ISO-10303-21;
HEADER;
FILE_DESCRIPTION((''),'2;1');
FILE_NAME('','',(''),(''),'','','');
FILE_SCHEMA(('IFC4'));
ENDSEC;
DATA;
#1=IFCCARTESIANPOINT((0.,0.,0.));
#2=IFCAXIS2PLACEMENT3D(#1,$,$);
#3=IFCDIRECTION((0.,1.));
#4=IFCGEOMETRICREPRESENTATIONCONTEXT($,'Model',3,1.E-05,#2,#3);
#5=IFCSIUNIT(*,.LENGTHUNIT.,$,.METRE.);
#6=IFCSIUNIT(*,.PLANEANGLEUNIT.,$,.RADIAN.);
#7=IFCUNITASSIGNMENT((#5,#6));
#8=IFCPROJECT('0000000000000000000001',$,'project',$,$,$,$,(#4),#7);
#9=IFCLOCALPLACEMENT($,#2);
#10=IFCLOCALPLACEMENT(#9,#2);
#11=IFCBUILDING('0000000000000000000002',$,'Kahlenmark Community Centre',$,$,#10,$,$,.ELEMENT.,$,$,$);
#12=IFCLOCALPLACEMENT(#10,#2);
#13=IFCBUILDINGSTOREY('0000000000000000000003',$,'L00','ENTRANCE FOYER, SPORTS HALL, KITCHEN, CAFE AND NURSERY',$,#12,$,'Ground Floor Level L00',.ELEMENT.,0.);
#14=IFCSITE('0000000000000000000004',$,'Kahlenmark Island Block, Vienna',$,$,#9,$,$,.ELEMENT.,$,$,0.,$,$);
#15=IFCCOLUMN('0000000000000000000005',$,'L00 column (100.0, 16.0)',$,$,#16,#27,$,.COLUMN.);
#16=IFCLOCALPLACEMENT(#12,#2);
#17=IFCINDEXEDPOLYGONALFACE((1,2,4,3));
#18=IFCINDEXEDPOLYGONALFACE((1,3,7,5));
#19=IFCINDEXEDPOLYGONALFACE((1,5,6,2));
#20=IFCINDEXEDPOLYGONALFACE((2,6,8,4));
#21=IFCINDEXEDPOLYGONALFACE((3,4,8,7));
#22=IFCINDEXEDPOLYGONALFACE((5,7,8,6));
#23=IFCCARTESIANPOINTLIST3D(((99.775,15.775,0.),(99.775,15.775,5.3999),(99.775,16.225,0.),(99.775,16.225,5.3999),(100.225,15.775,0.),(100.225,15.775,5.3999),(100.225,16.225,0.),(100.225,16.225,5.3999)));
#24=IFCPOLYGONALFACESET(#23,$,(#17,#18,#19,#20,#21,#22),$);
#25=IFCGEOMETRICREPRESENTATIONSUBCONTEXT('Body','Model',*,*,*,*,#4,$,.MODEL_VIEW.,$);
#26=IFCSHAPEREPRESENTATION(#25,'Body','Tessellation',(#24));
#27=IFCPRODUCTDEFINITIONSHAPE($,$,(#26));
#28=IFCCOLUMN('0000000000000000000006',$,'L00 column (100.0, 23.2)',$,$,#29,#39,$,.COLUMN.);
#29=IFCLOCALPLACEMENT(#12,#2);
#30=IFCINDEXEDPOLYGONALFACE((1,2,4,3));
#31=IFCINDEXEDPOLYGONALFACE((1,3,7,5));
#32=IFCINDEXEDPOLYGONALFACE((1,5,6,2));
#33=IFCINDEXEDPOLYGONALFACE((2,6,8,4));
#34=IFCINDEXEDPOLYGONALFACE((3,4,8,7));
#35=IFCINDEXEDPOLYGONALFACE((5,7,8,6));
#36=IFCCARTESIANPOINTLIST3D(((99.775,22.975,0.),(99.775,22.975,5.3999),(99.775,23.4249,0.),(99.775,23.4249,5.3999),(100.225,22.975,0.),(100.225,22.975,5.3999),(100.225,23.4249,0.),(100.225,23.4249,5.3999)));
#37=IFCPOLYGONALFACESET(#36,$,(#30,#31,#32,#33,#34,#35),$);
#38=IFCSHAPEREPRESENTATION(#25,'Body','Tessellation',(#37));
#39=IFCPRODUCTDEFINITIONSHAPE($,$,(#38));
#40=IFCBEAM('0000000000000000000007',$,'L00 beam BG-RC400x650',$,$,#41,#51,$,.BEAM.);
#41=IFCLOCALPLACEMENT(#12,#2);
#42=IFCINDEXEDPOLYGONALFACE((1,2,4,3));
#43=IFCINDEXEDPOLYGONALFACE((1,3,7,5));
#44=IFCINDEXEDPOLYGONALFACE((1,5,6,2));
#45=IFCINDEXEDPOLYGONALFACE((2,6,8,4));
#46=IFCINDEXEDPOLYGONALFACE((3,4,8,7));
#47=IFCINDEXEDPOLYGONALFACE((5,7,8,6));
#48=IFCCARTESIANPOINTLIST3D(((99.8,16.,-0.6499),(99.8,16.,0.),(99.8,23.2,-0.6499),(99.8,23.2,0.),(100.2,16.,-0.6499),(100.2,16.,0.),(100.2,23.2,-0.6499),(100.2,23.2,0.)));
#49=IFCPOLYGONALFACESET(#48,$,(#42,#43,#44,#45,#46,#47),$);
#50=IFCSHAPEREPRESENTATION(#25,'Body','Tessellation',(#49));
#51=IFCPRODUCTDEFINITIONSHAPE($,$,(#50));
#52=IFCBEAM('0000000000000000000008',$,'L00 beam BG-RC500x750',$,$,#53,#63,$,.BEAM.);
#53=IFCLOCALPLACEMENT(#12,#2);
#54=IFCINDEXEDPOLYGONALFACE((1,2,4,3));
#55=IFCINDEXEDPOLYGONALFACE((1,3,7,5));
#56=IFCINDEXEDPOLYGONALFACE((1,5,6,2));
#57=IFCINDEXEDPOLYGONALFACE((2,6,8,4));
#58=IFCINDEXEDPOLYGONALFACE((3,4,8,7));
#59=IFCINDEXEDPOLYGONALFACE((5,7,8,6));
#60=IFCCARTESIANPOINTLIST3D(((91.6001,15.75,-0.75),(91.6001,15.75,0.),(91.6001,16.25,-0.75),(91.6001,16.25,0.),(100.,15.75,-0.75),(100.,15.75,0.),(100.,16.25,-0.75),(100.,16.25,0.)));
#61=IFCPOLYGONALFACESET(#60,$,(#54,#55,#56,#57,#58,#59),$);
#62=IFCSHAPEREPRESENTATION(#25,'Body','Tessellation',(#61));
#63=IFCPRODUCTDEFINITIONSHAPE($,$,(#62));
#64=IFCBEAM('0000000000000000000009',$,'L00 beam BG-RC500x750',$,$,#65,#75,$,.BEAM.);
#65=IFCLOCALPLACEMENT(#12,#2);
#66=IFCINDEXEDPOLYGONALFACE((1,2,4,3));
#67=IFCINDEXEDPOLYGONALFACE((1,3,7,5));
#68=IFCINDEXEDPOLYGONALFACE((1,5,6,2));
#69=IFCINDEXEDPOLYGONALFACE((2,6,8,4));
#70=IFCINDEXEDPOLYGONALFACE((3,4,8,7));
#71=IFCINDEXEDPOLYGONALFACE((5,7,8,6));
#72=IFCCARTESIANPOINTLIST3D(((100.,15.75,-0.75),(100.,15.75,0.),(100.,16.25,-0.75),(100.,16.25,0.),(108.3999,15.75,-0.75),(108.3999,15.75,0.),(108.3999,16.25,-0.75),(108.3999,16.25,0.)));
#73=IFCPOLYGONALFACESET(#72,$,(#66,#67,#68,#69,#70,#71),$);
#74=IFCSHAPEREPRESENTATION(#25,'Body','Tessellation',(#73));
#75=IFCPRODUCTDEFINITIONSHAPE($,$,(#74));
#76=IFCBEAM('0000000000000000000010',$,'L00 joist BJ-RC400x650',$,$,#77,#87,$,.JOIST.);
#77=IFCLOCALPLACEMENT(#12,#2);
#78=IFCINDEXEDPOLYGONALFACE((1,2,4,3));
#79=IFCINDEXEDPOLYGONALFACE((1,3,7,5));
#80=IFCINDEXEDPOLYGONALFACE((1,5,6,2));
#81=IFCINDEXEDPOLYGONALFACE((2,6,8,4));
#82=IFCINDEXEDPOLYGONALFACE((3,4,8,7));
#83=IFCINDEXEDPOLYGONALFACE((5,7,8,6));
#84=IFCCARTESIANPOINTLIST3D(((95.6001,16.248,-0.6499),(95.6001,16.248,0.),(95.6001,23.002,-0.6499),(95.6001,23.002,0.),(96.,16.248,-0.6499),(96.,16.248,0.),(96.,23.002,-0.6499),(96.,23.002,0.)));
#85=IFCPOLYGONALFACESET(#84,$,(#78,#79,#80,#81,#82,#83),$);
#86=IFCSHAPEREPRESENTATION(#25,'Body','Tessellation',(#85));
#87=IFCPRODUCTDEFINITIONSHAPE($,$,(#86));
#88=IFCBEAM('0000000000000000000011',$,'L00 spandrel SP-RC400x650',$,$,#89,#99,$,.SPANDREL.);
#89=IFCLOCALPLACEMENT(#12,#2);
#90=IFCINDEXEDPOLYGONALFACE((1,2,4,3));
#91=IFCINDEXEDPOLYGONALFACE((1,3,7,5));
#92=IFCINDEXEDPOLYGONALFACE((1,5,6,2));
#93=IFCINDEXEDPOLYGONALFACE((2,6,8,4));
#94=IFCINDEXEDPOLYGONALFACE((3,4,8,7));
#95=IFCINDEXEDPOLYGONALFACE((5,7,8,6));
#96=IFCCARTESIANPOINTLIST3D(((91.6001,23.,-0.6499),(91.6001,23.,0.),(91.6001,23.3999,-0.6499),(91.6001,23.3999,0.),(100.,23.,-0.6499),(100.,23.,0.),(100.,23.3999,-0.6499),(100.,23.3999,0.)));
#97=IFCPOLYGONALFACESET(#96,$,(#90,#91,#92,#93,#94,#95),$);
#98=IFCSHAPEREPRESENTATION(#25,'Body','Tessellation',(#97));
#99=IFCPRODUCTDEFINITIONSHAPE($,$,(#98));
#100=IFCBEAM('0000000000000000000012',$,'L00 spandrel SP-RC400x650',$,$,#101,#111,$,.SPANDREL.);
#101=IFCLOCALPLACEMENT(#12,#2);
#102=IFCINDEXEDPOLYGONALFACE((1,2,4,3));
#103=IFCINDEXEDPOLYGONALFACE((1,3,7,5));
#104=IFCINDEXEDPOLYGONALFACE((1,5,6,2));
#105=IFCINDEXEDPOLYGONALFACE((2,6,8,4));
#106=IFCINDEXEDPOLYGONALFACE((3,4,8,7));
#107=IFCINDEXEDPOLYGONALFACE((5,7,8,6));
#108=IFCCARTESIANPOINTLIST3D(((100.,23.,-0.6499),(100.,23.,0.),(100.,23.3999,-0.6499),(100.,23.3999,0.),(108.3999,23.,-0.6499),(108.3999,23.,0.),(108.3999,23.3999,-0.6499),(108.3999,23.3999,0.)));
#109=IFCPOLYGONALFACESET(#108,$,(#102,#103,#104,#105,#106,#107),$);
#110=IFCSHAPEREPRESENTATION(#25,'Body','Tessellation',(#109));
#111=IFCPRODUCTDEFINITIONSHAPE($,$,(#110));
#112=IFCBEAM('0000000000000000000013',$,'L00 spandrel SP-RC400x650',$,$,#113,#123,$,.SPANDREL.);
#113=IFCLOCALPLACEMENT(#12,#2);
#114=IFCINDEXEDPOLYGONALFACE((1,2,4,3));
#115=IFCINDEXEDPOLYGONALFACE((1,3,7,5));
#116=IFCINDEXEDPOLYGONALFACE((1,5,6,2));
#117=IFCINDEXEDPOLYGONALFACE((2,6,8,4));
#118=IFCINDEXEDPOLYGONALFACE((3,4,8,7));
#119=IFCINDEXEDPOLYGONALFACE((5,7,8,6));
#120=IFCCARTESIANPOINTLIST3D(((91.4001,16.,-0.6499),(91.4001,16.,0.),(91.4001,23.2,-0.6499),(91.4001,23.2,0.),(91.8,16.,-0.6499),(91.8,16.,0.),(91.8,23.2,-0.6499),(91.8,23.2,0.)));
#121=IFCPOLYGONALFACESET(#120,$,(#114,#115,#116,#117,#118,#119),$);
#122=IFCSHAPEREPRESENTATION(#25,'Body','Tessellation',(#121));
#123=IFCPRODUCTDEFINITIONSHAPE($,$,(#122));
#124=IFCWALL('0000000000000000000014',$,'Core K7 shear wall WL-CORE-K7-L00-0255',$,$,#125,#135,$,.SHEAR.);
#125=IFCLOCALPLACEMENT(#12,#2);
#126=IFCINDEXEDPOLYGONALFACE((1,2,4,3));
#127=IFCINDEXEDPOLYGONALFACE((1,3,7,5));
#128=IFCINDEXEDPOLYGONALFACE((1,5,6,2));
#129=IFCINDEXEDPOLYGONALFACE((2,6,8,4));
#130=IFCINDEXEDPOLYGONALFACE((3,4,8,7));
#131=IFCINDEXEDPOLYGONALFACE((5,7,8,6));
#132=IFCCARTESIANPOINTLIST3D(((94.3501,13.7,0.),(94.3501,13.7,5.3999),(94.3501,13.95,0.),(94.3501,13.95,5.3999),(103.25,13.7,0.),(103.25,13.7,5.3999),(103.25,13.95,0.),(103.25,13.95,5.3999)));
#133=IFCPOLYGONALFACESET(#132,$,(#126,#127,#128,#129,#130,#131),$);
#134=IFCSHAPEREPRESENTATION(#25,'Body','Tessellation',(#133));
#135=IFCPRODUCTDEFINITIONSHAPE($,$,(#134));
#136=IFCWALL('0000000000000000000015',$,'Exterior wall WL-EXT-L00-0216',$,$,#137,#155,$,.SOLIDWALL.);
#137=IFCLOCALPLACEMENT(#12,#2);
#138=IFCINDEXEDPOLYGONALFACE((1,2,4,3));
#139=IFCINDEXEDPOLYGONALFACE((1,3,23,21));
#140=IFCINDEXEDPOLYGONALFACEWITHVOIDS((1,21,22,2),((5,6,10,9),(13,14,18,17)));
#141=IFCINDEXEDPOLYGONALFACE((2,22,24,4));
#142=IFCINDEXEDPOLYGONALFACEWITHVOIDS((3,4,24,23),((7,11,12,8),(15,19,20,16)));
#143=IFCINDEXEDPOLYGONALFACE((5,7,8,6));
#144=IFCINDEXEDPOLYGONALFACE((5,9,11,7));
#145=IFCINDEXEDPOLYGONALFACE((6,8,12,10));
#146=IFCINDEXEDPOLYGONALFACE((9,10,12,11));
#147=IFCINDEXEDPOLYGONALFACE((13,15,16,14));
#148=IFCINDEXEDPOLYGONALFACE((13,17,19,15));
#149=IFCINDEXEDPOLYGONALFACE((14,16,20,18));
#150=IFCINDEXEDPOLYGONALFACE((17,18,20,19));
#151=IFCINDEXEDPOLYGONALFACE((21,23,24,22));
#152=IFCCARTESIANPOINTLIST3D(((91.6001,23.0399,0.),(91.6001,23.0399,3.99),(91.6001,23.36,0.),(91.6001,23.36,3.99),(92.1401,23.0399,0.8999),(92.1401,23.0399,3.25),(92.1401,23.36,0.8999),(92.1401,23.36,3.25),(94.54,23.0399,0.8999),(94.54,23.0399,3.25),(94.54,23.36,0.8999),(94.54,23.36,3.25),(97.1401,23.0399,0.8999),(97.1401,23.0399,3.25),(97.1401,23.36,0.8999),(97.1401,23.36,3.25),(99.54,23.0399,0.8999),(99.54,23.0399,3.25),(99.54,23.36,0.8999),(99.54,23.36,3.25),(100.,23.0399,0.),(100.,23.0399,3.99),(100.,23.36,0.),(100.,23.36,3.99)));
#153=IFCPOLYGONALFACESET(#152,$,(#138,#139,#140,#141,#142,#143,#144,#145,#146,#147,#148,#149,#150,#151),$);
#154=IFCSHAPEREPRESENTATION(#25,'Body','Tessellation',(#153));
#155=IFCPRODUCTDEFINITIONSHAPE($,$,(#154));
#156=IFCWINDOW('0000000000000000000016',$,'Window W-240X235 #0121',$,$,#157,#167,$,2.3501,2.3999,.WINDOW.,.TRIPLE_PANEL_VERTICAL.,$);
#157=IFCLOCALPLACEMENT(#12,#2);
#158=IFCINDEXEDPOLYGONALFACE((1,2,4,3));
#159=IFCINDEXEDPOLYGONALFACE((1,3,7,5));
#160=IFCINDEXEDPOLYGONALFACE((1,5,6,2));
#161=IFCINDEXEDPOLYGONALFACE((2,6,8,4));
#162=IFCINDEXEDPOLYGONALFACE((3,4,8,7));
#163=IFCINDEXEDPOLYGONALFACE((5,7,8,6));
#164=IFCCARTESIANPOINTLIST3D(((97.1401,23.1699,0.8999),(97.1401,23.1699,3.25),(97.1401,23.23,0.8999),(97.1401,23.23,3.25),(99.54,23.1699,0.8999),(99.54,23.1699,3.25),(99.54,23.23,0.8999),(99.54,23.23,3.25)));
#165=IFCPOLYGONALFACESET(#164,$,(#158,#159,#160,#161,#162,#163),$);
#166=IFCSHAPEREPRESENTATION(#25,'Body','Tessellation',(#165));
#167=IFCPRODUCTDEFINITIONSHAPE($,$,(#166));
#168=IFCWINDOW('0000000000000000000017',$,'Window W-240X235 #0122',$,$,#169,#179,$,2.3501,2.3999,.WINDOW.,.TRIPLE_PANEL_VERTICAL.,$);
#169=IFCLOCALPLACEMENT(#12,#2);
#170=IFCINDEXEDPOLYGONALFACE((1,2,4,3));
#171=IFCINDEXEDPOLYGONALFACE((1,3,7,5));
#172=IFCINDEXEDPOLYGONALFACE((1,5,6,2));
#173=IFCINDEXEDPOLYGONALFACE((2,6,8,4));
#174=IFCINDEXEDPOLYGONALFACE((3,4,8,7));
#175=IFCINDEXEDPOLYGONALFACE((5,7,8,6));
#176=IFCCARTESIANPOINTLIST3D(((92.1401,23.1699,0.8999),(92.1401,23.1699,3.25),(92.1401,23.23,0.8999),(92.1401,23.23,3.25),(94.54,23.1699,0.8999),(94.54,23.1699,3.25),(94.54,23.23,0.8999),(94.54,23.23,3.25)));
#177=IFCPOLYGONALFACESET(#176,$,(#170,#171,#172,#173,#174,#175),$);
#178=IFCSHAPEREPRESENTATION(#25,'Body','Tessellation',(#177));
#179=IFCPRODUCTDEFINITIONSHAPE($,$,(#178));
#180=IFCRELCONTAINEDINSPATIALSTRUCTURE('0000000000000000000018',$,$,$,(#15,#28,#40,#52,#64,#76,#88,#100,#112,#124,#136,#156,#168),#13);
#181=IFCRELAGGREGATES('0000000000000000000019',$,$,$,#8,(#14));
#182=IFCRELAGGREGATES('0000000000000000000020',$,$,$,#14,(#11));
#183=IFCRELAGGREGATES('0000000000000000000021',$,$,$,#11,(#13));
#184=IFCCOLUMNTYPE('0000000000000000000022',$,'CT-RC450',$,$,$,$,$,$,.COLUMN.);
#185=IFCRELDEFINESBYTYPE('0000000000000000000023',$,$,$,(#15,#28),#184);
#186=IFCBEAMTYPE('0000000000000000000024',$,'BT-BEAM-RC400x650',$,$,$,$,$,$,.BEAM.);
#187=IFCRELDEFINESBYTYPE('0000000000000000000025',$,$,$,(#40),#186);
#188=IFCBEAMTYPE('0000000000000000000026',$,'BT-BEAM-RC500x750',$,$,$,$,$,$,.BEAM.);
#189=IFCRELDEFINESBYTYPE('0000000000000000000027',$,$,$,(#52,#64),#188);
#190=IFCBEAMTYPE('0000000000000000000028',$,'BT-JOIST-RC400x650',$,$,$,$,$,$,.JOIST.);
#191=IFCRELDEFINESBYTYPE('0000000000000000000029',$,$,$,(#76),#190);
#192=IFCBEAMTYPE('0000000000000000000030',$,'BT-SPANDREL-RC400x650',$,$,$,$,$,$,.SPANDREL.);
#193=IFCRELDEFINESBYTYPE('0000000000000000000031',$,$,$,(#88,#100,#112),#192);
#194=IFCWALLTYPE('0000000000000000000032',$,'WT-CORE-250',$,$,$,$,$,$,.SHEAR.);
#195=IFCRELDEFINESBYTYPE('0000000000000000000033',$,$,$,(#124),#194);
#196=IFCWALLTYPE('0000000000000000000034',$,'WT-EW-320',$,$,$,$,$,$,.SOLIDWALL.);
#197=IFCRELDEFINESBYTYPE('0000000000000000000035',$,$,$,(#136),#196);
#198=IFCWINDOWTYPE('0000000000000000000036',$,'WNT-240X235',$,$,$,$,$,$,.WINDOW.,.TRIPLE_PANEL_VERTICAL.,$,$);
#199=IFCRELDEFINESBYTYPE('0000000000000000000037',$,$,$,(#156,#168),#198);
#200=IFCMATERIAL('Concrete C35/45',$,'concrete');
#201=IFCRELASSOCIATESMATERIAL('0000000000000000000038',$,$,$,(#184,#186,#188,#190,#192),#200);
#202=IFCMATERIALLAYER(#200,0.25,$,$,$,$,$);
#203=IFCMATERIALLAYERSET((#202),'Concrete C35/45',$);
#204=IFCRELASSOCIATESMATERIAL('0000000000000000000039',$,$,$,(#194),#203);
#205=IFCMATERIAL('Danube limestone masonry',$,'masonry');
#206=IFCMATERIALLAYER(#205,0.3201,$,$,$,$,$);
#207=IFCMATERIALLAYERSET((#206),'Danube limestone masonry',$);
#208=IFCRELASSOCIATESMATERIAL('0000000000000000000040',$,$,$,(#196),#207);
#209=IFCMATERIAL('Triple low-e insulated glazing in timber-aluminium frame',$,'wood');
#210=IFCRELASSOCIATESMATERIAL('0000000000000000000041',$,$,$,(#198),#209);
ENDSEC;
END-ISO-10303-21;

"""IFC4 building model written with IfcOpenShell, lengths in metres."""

from ifc_helpers import new_model, si_unit, direction, frame, frame_2d, origin, origin_2d, place, context, subcontext, project, spatial, rectangle, extrude, material, layer, layer_set, material_profile, profile_set, type_object, element, fill, save


model = new_model("IFC4")

# Units and contexts
model_context = context("Model", 3, precision=1e-05, world=origin(), true_north=direction((0.0, 1.0)))
body_context = subcontext(model_context, "Body", "Model", "MODEL_VIEW")
ifc_project = project(units=[si_unit("LENGTHUNIT", "METRE"), si_unit("PLANEANGLEUNIT", "RADIAN")], contexts=[model_context])

# Site, building, storey
site_placement = place(None, origin())
site = spatial("IfcSite", under=ifc_project, at=site_placement, Name="Kahlenmark Island Block, Vienna", CompositionType="ELEMENT", RefElevation=0.0)
building_placement = place(site_placement, origin())
building = spatial("IfcBuilding", under=site, at=building_placement, Name="Kahlenmark Community Centre", CompositionType="ELEMENT")
storey_placement = place(building_placement, origin())
storey = spatial("IfcBuildingStorey", under=building, at=storey_placement, Name="L00", Description="ENTRANCE FOYER, SPORTS HALL, KITCHEN, CAFE AND NURSERY", LongName="Ground Floor Level L00", CompositionType="ELEMENT", Elevation=0.0)

# Columns
ifc_material_1 = material(Name="Concrete C35/45", Category="concrete")
ifc_material_profile_1 = material_profile(ifc_material_1, rectangle(XDim=0.45, YDim=0.45, at=origin_2d()), Name="RC 450x450")
ifc_profile_set_1 = profile_set([ifc_material_profile_1], Name="Concrete C35/45")
column_type = type_object("IfcColumnType", Name="CT-RC450", PredefinedType="COLUMN", material=ifc_profile_set_1)
for number, where, z_axis, x_axis, name in (
    (1, (100.0, 16.0, 0.0), (0.0, 0.0, 1.0), (1.0, 0.0, 0.0), "L00 column (100.0, 16.0)"),
    (2, (100.0, 23.2, 0.0), (0.0, 0.0, 1.0), (1.0, 0.0, 0.0), "L00 column (100.0, 23.2)"),
):
    element("IfcColumn", number, at=place(storey_placement, frame(where, z_axis=z_axis, x_axis=x_axis)), inside=storey, type_object=column_type, Name=name, PredefinedType="COLUMN", context=body_context, shape_type="SweptSolid", body=[
        extrude(rectangle(XDim=0.45, YDim=0.45, at=origin_2d()), origin(), (0.0, 0.0, 1.0), 5.3999),
    ])

# Beams
ifc_material_profile_2 = material_profile(ifc_material_1, rectangle(XDim=0.3999, YDim=0.6499, at=origin_2d()), Name="RC 400x650")
ifc_profile_set_2 = profile_set([ifc_material_profile_2], Name="Concrete C35/45")
beam_type_1 = type_object("IfcBeamType", Name="BT-BEAM-RC400x650", PredefinedType="BEAM", material=ifc_profile_set_2)
beam_1_placement = place(storey_placement, frame((100.0, 16.0, -0.325), z_axis=(0.0, 1.0, 0.0), x_axis=(-1.0, 0.0, 0.0)))
element("IfcBeam", 3, at=beam_1_placement, inside=storey, type_object=beam_type_1, Name="L00 beam BG-RC400x650", PredefinedType="BEAM", context=body_context, shape_type="SweptSolid", body=[
    extrude(rectangle(XDim=0.3999, YDim=0.6499, at=origin_2d()), origin(), (0.0, 0.0, 1.0), 7.2),
])
ifc_material_profile_3 = material_profile(ifc_material_1, rectangle(XDim=0.5, YDim=0.75, at=origin_2d()), Name="RC 500x750")
ifc_profile_set_3 = profile_set([ifc_material_profile_3], Name="Concrete C35/45")
beam_type_2 = type_object("IfcBeamType", Name="BT-BEAM-RC500x750", PredefinedType="BEAM", material=ifc_profile_set_3)
for number, where, z_axis, x_axis, name in (
    (4, (91.6001, 16.0, -0.375), (1.0, 0.0, 0.0), (0.0, 1.0, 0.0), "L00 beam BG-RC500x750"),
    (5, (100.0, 16.0, -0.375), (1.0, 0.0, 0.0), (0.0, 1.0, 0.0), "L00 beam BG-RC500x750"),
):
    element("IfcBeam", number, at=place(storey_placement, frame(where, z_axis=z_axis, x_axis=x_axis)), inside=storey, type_object=beam_type_2, Name=name, PredefinedType="BEAM", context=body_context, shape_type="SweptSolid", body=[
        extrude(rectangle(XDim=0.5, YDim=0.75, at=origin_2d()), origin(), (0.0, 0.0, 1.0), 8.3999),
    ])
ifc_material_profile_4 = material_profile(ifc_material_1, rectangle(XDim=0.3999, YDim=0.6499, at=origin_2d()), Name="RC 400x650")
ifc_profile_set_4 = profile_set([ifc_material_profile_4], Name="Concrete C35/45")
beam_type_3 = type_object("IfcBeamType", Name="BT-JOIST-RC400x650", PredefinedType="JOIST", material=ifc_profile_set_4)
beam_2_placement = place(storey_placement, frame((95.8, 16.248, -0.325), z_axis=(0.0, 1.0, 0.0), x_axis=(-1.0, 0.0, 0.0)))
element("IfcBeam", 6, at=beam_2_placement, inside=storey, type_object=beam_type_3, Name="L00 joist BJ-RC400x650", PredefinedType="JOIST", context=body_context, shape_type="SweptSolid", body=[
    extrude(rectangle(XDim=0.3999, YDim=0.6499, at=origin_2d()), origin(), (0.0, 0.0, 1.0), 6.7539),
])
ifc_material_profile_5 = material_profile(ifc_material_1, rectangle(XDim=0.3999, YDim=0.6499, at=origin_2d()), Name="RC 400x650")
ifc_profile_set_5 = profile_set([ifc_material_profile_5], Name="Concrete C35/45")
beam_type_4 = type_object("IfcBeamType", Name="BT-SPANDREL-RC400x650", PredefinedType="SPANDREL", material=ifc_profile_set_5)
for number, where, z_axis, x_axis, name in (
    (7, (91.6001, 23.2, -0.325), (1.0, 0.0, 0.0), (0.0, 1.0, 0.0), "L00 spandrel SP-RC400x650"),
    (8, (100.0, 23.2, -0.325), (1.0, 0.0, 0.0), (0.0, 1.0, 0.0), "L00 spandrel SP-RC400x650"),
):
    element("IfcBeam", number, at=place(storey_placement, frame(where, z_axis=z_axis, x_axis=x_axis)), inside=storey, type_object=beam_type_4, Name=name, PredefinedType="SPANDREL", context=body_context, shape_type="SweptSolid", body=[
        extrude(rectangle(XDim=0.3999, YDim=0.6499, at=origin_2d()), origin(), (0.0, 0.0, 1.0), 8.3999),
    ])
beam_3_placement = place(storey_placement, frame((91.6001, 16.0, -0.325), z_axis=(0.0, 1.0, 0.0), x_axis=(-1.0, 0.0, 0.0)))
element("IfcBeam", 9, at=beam_3_placement, inside=storey, type_object=beam_type_4, Name="L00 spandrel SP-RC400x650", PredefinedType="SPANDREL", context=body_context, shape_type="SweptSolid", body=[
    extrude(rectangle(XDim=0.3999, YDim=0.6499, at=origin_2d()), origin(), (0.0, 0.0, 1.0), 7.2),
])

# Shared definitions
ifc_layer_1 = layer(ifc_material_1, 0.25)
ifc_layer_set_1 = layer_set([ifc_layer_1], Name="Concrete C35/45")
wall_type_1 = type_object("IfcWallType", Name="WT-CORE-250", PredefinedType="SHEAR", material=ifc_layer_set_1)

# Wall
wall_1_placement = place(storey_placement, frame((94.3501, 13.825, 0.0), z_axis=(0.0, 0.0, 1.0), x_axis=(1.0, 0.0, 0.0)))
element("IfcWall", 10, at=wall_1_placement, inside=storey, type_object=wall_type_1, Name="Core K7 shear wall WL-CORE-K7-L00-0255", PredefinedType="SHEAR", context=body_context, shape_type="SweptSolid", body=[
    extrude(rectangle(XDim=8.8999, YDim=0.25, at=frame_2d((4.45, 0.0))), origin(), (0.0, 0.0, 1.0), 5.3999),
])

# Wall, openings, windows
ifc_material_2 = material(Name="Danube limestone masonry", Category="masonry")
ifc_layer_2 = layer(ifc_material_2, 0.3201)
ifc_layer_set_2 = layer_set([ifc_layer_2], Name="Danube limestone masonry")
wall_type_2 = type_object("IfcWallType", Name="WT-EW-320", PredefinedType="SOLIDWALL", material=ifc_layer_set_2)
wall_2_placement = place(storey_placement, frame((100.0, 23.2, 0.0), z_axis=(0.0, 0.0, 1.0), x_axis=(-1.0, 0.0, 0.0)))
wall_2 = element("IfcWall", 11, at=wall_2_placement, inside=storey, type_object=wall_type_2, Name="Exterior wall WL-EXT-L00-0216", PredefinedType="SOLIDWALL", context=body_context, shape_type="SweptSolid", body=[
    extrude(rectangle(XDim=8.3999, YDim=0.3201, at=frame_2d((4.2, 0.0))), origin(), (0.0, 0.0, 1.0), 3.99),
])
opening_1_placement = place(wall_2_placement, frame((0.46, 0.0, 0.8999)))
opening_1 = element("IfcOpeningElement", 12, at=opening_1_placement, cuts=wall_2, PredefinedType="OPENING", context=body_context, shape_type="SweptSolid", body=[
    extrude(rectangle(XDim=2.3999, YDim=2.3501, at=frame_2d((1.2, 1.175))), frame((0.0, 0.1699, 0.0), z_axis=(0.0, -1.0, 0.0), x_axis=(1.0, 0.0, 0.0)), (0.0, 0.0, 1.0), 0.3401),
])
opening_2_placement = place(wall_2_placement, frame((5.46, 0.0, 0.8999)))
opening_2 = element("IfcOpeningElement", 13, at=opening_2_placement, cuts=wall_2, PredefinedType="OPENING", context=body_context, shape_type="SweptSolid", body=[
    extrude(rectangle(XDim=2.3999, YDim=2.3501, at=frame_2d((1.2, 1.175))), frame((0.0, 0.1699, 0.0), z_axis=(0.0, -1.0, 0.0), x_axis=(1.0, 0.0, 0.0)), (0.0, 0.0, 1.0), 0.3401),
])
ifc_material_3 = material(Name="Triple low-e insulated glazing in timber-aluminium frame", Category="wood")
window_type_1 = type_object("IfcWindowType", Name="WNT-240X235", PartitioningType="TRIPLE_PANEL_VERTICAL", PredefinedType="WINDOW", material=ifc_material_3)
window_1_placement = place(opening_1_placement, origin())
window_1 = element("IfcWindow", 14, at=window_1_placement, inside=storey, type_object=window_type_1, Name="Window W-240X235 #0121", OverallHeight=2.3501, OverallWidth=2.3999, PartitioningType="TRIPLE_PANEL_VERTICAL", PredefinedType="WINDOW", context=body_context, shape_type="SweptSolid", body=[
    extrude(rectangle(XDim=2.3999, YDim=2.3501, at=frame_2d((1.2, 1.175))), frame((0.0, 0.03, 0.0), z_axis=(0.0, -1.0, 0.0), x_axis=(1.0, 0.0, 0.0)), (0.0, 0.0, 1.0), 0.0601),
])
fill(opening_1, window_1)
window_2_placement = place(opening_2_placement, origin())
window_2 = element("IfcWindow", 15, at=window_2_placement, inside=storey, type_object=window_type_1, Name="Window W-240X235 #0122", OverallHeight=2.3501, OverallWidth=2.3999, PartitioningType="TRIPLE_PANEL_VERTICAL", PredefinedType="WINDOW", context=body_context, shape_type="SweptSolid", body=[
    extrude(rectangle(XDim=2.3999, YDim=2.3501, at=frame_2d((1.2, 1.175))), frame((0.0, 0.03, 0.0), z_axis=(0.0, -1.0, 0.0), x_axis=(1.0, 0.0, 0.0)), (0.0, 0.0, 1.0), 0.0601),
])
fill(opening_2, window_2)

save(model, "model.ifc")
